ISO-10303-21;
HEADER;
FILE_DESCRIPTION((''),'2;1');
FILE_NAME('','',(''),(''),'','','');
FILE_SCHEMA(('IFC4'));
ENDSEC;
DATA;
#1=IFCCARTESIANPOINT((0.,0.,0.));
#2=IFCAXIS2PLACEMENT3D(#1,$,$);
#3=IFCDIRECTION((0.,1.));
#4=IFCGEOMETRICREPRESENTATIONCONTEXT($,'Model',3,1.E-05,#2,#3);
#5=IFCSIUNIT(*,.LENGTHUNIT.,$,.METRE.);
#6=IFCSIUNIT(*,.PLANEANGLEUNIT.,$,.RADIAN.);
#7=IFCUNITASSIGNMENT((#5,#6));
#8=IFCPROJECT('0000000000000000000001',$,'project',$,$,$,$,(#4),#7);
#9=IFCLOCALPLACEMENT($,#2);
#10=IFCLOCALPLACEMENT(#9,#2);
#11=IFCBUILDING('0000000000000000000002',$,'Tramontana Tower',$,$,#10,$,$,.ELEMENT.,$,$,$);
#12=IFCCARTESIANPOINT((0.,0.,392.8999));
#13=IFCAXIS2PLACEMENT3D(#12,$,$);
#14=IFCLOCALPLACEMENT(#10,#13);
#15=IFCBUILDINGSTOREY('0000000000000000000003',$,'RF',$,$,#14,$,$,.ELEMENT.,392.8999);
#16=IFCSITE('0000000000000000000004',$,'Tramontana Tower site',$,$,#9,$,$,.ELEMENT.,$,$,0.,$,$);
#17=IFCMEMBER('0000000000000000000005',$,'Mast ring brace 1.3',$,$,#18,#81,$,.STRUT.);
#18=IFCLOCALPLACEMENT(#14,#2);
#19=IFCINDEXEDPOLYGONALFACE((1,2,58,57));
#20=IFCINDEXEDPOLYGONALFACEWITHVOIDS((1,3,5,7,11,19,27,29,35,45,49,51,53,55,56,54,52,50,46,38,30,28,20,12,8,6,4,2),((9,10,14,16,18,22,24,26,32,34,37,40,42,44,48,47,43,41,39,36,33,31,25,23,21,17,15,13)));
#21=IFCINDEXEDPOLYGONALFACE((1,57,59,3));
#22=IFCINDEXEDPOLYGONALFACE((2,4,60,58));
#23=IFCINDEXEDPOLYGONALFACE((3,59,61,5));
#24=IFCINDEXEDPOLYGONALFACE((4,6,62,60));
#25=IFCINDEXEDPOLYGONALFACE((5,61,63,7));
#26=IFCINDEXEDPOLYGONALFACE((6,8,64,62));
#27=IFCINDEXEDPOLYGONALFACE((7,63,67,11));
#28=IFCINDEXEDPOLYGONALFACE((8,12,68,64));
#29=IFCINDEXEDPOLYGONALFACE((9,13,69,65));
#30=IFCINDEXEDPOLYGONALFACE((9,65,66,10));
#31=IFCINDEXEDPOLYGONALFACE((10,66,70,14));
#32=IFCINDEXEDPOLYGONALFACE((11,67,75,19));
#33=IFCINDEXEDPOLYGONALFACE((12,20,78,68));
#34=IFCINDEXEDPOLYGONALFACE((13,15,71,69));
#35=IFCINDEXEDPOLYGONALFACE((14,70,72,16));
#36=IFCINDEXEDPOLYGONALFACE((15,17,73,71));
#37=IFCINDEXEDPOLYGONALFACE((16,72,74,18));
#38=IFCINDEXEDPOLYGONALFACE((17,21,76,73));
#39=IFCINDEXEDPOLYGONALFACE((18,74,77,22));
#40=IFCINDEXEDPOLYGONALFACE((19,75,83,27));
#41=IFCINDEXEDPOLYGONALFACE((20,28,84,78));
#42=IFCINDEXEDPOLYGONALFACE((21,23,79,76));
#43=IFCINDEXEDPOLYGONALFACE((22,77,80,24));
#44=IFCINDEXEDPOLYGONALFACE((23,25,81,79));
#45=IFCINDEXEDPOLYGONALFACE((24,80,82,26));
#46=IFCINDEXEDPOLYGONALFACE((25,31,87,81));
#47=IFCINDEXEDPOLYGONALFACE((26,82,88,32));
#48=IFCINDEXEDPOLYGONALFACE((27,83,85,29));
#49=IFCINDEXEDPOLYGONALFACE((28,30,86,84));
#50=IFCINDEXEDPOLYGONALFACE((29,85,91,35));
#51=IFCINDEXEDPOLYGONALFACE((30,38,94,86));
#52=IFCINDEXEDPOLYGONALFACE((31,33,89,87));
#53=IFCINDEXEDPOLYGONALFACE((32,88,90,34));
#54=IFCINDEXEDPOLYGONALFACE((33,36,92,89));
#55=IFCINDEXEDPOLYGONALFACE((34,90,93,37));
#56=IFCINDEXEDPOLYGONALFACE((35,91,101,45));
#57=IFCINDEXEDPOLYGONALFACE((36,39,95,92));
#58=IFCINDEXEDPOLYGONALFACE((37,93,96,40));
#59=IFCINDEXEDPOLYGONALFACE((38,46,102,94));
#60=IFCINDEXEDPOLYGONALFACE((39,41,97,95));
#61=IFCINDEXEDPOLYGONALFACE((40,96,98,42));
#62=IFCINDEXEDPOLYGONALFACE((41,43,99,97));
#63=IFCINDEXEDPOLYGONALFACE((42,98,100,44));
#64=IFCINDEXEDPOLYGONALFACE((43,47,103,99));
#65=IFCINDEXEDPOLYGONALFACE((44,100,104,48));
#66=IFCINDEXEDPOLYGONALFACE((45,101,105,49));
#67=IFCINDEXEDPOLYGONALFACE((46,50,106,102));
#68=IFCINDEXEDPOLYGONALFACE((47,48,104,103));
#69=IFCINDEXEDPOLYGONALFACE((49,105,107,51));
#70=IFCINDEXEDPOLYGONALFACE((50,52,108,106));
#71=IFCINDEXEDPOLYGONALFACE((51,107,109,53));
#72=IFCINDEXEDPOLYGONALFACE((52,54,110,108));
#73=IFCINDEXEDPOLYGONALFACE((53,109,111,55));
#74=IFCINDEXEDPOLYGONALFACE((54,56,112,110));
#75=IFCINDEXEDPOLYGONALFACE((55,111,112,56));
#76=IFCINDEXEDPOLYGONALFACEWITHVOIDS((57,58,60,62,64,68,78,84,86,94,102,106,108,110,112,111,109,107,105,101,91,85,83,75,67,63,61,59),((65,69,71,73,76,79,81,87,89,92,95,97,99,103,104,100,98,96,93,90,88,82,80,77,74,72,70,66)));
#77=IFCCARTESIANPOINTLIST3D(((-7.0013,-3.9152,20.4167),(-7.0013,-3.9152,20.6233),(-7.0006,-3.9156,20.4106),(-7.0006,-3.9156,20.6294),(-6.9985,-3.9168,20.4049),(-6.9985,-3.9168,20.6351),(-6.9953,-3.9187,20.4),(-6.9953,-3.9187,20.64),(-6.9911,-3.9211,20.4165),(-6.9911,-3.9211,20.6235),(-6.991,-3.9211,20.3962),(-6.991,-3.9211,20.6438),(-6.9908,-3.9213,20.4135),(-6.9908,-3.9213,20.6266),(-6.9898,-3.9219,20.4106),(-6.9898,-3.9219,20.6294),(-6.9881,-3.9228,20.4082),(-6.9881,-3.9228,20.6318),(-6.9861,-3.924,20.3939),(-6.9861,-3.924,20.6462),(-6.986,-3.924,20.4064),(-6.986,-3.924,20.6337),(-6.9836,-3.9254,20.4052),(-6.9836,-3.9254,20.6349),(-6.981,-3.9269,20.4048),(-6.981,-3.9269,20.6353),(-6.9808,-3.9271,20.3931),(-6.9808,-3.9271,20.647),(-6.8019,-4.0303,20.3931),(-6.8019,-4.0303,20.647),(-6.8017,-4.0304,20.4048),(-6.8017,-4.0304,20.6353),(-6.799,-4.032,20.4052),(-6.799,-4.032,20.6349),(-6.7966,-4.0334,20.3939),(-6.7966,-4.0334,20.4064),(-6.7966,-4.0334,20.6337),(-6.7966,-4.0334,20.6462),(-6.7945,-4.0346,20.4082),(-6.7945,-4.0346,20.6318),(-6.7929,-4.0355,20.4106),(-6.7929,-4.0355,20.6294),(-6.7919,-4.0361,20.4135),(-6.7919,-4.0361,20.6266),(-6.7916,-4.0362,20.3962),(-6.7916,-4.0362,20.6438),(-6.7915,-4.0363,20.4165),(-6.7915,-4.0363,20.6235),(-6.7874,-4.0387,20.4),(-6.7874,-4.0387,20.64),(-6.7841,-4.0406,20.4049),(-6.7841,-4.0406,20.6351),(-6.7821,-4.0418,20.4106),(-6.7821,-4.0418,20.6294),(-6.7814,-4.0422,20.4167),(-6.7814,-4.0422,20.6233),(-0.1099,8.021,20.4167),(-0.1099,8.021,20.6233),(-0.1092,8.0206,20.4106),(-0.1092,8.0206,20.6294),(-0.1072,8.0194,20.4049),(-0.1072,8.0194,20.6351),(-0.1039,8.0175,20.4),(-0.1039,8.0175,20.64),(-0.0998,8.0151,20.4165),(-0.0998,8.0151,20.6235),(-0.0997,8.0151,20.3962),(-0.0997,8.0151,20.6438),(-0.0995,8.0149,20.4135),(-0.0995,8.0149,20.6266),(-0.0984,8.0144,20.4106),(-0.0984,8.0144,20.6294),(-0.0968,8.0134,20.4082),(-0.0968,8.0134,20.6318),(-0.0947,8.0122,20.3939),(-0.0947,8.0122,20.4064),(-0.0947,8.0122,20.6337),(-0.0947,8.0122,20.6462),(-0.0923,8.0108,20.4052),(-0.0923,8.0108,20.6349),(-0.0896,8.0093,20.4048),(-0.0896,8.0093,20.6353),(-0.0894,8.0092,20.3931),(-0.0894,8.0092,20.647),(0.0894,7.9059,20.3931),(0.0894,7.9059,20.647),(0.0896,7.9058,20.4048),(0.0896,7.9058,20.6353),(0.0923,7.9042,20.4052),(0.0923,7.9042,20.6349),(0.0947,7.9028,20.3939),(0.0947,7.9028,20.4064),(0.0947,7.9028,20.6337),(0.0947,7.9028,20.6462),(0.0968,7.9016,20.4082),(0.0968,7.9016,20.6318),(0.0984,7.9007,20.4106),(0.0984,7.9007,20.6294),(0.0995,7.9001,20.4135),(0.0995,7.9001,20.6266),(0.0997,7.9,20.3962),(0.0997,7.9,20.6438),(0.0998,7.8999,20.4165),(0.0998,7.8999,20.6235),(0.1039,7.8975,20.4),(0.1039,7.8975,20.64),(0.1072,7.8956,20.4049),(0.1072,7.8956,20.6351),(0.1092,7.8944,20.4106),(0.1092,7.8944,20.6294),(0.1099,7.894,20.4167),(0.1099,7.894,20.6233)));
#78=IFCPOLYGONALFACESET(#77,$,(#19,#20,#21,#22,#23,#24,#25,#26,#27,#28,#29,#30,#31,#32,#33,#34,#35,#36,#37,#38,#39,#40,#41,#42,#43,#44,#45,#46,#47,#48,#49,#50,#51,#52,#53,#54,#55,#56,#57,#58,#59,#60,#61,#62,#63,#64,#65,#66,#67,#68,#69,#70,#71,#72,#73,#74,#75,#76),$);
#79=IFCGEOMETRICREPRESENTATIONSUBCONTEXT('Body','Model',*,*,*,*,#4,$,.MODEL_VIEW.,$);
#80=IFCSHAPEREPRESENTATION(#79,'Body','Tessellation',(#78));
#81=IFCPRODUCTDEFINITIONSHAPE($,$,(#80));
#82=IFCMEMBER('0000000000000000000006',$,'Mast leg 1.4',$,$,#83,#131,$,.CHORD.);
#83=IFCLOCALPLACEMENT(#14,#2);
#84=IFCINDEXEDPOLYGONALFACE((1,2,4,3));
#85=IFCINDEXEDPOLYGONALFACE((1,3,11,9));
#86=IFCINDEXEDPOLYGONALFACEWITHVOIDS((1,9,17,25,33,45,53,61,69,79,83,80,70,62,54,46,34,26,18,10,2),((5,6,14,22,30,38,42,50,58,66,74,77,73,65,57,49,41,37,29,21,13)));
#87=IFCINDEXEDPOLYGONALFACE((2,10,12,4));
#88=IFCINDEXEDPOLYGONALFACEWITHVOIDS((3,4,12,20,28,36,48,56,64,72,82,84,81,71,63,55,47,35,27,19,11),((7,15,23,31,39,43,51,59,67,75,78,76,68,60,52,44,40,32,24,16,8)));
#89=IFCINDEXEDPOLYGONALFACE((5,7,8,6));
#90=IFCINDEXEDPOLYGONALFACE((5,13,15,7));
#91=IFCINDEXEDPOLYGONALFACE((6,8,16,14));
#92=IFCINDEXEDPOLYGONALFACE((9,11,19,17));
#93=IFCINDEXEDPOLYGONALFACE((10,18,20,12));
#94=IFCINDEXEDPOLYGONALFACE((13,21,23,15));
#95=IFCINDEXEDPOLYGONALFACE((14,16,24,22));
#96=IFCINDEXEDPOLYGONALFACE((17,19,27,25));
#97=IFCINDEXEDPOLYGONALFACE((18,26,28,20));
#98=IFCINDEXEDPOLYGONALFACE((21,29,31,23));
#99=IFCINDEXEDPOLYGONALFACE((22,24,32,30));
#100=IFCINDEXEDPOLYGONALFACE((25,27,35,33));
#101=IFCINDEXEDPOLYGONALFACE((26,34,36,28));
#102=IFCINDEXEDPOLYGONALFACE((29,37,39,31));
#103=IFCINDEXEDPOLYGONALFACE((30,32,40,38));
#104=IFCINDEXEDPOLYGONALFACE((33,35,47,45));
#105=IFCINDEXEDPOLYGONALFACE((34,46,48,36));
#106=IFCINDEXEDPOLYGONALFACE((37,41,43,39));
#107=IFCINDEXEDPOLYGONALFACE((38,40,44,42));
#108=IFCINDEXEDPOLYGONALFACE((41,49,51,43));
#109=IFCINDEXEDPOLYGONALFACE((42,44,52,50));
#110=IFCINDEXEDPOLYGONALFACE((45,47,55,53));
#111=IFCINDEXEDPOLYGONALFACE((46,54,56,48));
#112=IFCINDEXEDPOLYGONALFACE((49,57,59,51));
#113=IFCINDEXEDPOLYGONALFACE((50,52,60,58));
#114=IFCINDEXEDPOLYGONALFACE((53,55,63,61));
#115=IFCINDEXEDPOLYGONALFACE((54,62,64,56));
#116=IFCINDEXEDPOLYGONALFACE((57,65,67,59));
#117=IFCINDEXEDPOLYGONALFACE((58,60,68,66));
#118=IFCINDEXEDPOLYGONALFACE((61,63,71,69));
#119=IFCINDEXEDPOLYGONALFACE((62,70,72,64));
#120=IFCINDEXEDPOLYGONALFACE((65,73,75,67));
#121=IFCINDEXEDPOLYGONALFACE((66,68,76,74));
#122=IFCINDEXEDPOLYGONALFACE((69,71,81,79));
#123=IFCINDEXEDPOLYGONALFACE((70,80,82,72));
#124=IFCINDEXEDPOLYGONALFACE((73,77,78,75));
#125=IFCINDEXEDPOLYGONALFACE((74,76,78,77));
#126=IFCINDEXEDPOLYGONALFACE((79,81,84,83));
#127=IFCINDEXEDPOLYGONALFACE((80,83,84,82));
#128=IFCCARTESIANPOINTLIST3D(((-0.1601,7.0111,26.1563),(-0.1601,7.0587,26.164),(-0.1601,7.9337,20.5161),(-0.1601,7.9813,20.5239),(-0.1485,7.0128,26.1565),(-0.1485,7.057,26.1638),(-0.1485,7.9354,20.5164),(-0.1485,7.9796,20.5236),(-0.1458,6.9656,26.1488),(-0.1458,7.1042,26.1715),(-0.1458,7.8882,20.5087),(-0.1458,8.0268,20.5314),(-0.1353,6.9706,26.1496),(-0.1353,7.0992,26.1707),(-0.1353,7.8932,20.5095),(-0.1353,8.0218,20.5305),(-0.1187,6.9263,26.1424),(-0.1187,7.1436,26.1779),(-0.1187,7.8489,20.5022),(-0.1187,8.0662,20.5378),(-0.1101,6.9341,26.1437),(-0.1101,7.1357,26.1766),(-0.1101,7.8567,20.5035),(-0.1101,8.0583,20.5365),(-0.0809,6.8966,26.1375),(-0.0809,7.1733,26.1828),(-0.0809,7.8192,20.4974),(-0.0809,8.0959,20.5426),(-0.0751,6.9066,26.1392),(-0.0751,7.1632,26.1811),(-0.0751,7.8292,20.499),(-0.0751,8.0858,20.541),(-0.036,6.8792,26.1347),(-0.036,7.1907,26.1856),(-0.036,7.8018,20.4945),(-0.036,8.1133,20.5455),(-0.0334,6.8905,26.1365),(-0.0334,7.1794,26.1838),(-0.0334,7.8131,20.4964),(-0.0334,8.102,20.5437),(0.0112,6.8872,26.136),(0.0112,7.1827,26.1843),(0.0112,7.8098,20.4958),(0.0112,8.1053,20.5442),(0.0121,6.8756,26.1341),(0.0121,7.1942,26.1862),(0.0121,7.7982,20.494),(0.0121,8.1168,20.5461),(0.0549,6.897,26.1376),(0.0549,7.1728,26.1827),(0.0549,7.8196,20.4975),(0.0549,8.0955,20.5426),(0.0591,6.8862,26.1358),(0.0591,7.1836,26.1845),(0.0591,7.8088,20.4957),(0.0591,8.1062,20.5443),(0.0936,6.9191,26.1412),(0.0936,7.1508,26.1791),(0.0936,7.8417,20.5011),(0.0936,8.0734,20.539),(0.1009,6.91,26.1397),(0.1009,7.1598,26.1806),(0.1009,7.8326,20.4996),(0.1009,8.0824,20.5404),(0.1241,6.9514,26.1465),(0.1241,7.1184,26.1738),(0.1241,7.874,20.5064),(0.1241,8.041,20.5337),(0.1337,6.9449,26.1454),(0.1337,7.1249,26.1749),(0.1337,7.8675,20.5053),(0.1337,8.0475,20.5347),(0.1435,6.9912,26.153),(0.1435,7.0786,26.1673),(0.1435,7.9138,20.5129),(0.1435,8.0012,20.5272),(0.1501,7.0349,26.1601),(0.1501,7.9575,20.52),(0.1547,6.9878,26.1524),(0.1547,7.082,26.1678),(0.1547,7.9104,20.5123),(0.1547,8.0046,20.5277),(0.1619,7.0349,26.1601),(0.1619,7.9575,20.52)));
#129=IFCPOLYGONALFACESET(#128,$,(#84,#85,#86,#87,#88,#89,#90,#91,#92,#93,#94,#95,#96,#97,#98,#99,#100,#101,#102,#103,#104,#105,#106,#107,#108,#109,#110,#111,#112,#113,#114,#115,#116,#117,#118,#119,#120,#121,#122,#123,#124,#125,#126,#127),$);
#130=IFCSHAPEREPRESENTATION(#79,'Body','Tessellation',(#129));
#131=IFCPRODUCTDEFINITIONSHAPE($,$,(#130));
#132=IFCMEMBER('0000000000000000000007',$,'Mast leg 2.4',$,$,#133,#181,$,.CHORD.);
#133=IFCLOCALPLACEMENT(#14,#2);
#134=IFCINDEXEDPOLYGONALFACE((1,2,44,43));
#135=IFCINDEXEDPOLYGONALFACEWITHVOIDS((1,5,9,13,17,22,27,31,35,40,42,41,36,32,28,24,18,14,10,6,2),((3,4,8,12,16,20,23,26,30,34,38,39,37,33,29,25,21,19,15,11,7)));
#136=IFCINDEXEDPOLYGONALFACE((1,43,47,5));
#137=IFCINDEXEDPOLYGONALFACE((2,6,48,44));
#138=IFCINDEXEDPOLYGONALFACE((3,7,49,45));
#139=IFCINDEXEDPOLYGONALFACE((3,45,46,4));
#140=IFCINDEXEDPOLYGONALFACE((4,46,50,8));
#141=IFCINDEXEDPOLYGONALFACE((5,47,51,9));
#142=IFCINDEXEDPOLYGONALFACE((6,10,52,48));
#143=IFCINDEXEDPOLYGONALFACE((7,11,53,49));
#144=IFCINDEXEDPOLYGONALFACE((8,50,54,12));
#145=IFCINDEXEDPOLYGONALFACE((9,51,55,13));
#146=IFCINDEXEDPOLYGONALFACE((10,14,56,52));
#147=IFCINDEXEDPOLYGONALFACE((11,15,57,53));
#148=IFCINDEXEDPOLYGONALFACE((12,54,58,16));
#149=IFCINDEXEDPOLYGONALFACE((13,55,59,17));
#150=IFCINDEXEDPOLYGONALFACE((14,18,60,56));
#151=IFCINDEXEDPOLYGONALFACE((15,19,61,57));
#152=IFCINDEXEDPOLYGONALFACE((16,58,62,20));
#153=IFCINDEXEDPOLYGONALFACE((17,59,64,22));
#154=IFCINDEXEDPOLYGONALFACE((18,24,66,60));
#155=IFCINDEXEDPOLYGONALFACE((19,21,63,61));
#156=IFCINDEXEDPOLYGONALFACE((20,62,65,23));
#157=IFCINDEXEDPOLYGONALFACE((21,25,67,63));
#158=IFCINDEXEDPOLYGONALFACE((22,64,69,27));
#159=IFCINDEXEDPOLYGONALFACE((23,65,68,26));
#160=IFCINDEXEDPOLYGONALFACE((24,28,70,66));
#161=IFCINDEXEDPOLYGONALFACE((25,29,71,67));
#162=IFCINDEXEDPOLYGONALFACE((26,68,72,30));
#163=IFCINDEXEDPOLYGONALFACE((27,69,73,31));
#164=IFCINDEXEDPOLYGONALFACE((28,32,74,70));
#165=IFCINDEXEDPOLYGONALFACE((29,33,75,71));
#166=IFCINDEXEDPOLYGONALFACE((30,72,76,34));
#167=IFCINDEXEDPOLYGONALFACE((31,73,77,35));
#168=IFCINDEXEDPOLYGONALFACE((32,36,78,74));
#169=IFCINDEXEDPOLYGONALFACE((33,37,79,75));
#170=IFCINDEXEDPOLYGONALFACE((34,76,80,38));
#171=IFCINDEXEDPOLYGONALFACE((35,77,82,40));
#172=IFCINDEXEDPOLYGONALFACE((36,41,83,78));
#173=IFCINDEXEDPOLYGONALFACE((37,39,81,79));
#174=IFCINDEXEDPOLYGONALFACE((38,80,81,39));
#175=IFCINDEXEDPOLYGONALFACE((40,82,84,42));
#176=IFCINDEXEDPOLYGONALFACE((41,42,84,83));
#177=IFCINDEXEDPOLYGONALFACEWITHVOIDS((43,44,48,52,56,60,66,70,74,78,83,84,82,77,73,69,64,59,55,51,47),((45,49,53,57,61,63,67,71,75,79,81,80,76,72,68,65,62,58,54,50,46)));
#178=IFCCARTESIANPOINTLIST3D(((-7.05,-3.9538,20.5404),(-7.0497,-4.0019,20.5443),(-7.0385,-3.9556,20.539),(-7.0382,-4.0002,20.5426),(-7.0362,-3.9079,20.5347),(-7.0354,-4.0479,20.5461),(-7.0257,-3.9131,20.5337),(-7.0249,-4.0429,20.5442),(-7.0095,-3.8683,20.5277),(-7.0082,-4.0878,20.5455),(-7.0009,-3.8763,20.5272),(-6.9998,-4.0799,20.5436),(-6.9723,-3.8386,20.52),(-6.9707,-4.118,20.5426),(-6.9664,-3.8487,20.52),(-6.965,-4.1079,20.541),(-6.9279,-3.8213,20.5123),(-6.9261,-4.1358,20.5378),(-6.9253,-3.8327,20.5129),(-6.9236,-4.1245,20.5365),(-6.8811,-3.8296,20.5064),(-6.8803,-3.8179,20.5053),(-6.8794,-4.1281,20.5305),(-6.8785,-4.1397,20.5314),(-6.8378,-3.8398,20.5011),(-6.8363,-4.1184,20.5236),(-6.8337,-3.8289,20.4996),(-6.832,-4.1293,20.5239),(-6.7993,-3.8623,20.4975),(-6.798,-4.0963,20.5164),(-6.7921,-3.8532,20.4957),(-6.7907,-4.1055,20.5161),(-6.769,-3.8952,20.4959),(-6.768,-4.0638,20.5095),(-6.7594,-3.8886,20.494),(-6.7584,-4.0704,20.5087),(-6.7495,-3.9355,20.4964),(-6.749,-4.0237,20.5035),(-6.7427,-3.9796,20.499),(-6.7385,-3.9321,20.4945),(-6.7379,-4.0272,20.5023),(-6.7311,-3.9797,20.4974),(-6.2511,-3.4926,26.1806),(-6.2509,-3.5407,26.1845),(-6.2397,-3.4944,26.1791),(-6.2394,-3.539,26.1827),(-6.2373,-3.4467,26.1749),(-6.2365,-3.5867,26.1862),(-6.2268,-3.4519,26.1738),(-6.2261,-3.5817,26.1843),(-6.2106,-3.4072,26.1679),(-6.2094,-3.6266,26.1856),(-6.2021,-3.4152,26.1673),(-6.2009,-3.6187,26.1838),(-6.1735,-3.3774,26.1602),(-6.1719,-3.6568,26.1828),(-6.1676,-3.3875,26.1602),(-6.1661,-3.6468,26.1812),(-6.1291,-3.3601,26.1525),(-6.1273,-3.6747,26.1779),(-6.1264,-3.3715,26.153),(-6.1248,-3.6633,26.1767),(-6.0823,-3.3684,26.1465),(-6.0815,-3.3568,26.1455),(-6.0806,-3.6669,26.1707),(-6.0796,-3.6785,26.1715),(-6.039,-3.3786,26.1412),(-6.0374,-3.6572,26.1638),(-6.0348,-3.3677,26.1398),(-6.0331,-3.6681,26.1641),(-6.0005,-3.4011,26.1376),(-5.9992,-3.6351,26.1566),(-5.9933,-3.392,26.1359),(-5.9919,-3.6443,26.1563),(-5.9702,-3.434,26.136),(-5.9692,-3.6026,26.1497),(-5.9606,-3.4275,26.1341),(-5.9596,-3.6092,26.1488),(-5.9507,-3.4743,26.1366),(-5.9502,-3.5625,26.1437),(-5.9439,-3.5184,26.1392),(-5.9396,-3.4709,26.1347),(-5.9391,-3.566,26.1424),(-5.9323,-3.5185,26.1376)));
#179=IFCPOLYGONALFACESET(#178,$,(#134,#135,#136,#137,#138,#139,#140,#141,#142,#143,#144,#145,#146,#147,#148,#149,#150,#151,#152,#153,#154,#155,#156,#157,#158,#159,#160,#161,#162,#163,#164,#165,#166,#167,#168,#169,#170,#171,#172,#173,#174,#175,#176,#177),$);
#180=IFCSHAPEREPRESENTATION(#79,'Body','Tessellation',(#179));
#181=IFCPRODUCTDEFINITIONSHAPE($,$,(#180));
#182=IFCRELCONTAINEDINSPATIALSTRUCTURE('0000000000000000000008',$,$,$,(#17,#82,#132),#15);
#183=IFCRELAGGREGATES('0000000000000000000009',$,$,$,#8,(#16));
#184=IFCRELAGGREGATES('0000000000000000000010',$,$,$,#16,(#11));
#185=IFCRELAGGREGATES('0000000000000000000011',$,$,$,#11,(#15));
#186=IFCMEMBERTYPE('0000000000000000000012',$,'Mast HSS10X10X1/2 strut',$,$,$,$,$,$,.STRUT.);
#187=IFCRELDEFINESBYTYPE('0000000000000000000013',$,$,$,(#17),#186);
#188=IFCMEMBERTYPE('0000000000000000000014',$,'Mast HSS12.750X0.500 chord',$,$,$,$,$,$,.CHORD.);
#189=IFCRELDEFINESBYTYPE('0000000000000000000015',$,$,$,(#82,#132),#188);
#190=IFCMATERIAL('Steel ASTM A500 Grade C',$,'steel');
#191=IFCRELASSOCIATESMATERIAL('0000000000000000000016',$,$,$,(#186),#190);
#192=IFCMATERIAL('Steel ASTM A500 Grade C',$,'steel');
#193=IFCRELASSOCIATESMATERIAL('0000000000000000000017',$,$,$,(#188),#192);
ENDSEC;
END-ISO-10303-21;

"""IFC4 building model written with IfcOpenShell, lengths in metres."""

from ifc_helpers import new_model, si_unit, direction, frame, origin, origin_2d, place, context, subcontext, project, spatial, hollow_rectangle, hollow_circle, extrude, material, material_profile, profile_set, type_object, element, save


model = new_model("IFC4")

# Units and contexts
model_context = context("Model", 3, precision=1e-05, world=origin(), true_north=direction((0.0, 1.0)))
body_context = subcontext(model_context, "Body", "Model", "MODEL_VIEW")
ifc_project = project(units=[si_unit("LENGTHUNIT", "METRE"), si_unit("PLANEANGLEUNIT", "RADIAN")], contexts=[model_context])

# Site, building, storey
site_placement = place(None, origin())
site = spatial("IfcSite", under=ifc_project, at=site_placement, Name="Tramontana Tower site", CompositionType="ELEMENT", RefElevation=0.0)
building_placement = place(site_placement, origin())
building = spatial("IfcBuilding", under=site, at=building_placement, Name="Tramontana Tower", CompositionType="ELEMENT")
storey_placement = place(building_placement, frame((0.0, 0.0, 392.8999)))
storey = spatial("IfcBuildingStorey", under=building, at=storey_placement, Name="RF", CompositionType="ELEMENT", Elevation=392.8999)

# Members
ifc_material_1 = material(Name="Steel ASTM A500 Grade C", Category="steel")
ifc_material_profile_1 = material_profile(ifc_material_1, hollow_rectangle(XDim=0.2539, YDim=0.2539, WallThickness=0.0117, InnerFilletRadius=0.0117, OuterFilletRadius=0.0237, at=origin_2d()), Name="HSS10X10X1/2")
ifc_profile_set_1 = profile_set([ifc_material_profile_1], Name="Steel ASTM A500 Grade C")
member_type_1 = type_object("IfcMemberType", Name="Mast HSS10X10X1/2 strut", PredefinedType="STRUT", material=ifc_profile_set_1)
member_1_placement = place(storey_placement, frame((0.0, 7.9575, 20.52), z_axis=(-0.499997, -0.866027, 0.0), x_axis=(0.866027, -0.499997, 0.0)))
element("IfcMember", 1, at=member_1_placement, inside=storey, type_object=member_type_1, Name="Mast ring brace 1.3", PredefinedType="STRUT", context=body_context, shape_type="SweptSolid", body=[
    extrude(hollow_rectangle(XDim=0.2539, YDim=0.2539, WallThickness=0.0117, InnerFilletRadius=0.0117, OuterFilletRadius=0.0237, at=origin_2d()), origin(), (0.0, 0.0, 1.0), 13.7827),
])
ifc_material_2 = material(Name="Steel ASTM A500 Grade C", Category="steel")
ifc_material_profile_2 = material_profile(ifc_material_2, hollow_circle(Radius=0.1619, WallThickness=0.0117, at=origin_2d()), Name="HSS12.750X0.500")
ifc_profile_set_2 = profile_set([ifc_material_profile_2], Name="Steel ASTM A500 Grade C")
member_type_2 = type_object("IfcMemberType", Name="Mast HSS12.750X0.500 chord", PredefinedType="CHORD", material=ifc_profile_set_2)
for number, where, z_axis, x_axis, name in (
    (2, (0.0, 7.9575, 20.52), (0.0, -0.161433, 0.986884), (1.0, 0.0, 0.0), "Mast leg 1.4"),
    (3, (-6.8914, -3.9788, 20.52), (0.139776, 0.080696, 0.98689), (-0.499982, 0.866036, 0.0), "Mast leg 2.4"),
):
    element("IfcMember", number, at=place(storey_placement, frame(where, z_axis=z_axis, x_axis=x_axis)), inside=storey, type_object=member_type_2, Name=name, PredefinedType="CHORD", context=body_context, shape_type="SweptSolid", body=[
        extrude(hollow_circle(Radius=0.1619, WallThickness=0.0117, at=origin_2d()), origin(), (0.0, 0.0, 1.0), 5.7151),
    ])

save(model, "model.ifc")
